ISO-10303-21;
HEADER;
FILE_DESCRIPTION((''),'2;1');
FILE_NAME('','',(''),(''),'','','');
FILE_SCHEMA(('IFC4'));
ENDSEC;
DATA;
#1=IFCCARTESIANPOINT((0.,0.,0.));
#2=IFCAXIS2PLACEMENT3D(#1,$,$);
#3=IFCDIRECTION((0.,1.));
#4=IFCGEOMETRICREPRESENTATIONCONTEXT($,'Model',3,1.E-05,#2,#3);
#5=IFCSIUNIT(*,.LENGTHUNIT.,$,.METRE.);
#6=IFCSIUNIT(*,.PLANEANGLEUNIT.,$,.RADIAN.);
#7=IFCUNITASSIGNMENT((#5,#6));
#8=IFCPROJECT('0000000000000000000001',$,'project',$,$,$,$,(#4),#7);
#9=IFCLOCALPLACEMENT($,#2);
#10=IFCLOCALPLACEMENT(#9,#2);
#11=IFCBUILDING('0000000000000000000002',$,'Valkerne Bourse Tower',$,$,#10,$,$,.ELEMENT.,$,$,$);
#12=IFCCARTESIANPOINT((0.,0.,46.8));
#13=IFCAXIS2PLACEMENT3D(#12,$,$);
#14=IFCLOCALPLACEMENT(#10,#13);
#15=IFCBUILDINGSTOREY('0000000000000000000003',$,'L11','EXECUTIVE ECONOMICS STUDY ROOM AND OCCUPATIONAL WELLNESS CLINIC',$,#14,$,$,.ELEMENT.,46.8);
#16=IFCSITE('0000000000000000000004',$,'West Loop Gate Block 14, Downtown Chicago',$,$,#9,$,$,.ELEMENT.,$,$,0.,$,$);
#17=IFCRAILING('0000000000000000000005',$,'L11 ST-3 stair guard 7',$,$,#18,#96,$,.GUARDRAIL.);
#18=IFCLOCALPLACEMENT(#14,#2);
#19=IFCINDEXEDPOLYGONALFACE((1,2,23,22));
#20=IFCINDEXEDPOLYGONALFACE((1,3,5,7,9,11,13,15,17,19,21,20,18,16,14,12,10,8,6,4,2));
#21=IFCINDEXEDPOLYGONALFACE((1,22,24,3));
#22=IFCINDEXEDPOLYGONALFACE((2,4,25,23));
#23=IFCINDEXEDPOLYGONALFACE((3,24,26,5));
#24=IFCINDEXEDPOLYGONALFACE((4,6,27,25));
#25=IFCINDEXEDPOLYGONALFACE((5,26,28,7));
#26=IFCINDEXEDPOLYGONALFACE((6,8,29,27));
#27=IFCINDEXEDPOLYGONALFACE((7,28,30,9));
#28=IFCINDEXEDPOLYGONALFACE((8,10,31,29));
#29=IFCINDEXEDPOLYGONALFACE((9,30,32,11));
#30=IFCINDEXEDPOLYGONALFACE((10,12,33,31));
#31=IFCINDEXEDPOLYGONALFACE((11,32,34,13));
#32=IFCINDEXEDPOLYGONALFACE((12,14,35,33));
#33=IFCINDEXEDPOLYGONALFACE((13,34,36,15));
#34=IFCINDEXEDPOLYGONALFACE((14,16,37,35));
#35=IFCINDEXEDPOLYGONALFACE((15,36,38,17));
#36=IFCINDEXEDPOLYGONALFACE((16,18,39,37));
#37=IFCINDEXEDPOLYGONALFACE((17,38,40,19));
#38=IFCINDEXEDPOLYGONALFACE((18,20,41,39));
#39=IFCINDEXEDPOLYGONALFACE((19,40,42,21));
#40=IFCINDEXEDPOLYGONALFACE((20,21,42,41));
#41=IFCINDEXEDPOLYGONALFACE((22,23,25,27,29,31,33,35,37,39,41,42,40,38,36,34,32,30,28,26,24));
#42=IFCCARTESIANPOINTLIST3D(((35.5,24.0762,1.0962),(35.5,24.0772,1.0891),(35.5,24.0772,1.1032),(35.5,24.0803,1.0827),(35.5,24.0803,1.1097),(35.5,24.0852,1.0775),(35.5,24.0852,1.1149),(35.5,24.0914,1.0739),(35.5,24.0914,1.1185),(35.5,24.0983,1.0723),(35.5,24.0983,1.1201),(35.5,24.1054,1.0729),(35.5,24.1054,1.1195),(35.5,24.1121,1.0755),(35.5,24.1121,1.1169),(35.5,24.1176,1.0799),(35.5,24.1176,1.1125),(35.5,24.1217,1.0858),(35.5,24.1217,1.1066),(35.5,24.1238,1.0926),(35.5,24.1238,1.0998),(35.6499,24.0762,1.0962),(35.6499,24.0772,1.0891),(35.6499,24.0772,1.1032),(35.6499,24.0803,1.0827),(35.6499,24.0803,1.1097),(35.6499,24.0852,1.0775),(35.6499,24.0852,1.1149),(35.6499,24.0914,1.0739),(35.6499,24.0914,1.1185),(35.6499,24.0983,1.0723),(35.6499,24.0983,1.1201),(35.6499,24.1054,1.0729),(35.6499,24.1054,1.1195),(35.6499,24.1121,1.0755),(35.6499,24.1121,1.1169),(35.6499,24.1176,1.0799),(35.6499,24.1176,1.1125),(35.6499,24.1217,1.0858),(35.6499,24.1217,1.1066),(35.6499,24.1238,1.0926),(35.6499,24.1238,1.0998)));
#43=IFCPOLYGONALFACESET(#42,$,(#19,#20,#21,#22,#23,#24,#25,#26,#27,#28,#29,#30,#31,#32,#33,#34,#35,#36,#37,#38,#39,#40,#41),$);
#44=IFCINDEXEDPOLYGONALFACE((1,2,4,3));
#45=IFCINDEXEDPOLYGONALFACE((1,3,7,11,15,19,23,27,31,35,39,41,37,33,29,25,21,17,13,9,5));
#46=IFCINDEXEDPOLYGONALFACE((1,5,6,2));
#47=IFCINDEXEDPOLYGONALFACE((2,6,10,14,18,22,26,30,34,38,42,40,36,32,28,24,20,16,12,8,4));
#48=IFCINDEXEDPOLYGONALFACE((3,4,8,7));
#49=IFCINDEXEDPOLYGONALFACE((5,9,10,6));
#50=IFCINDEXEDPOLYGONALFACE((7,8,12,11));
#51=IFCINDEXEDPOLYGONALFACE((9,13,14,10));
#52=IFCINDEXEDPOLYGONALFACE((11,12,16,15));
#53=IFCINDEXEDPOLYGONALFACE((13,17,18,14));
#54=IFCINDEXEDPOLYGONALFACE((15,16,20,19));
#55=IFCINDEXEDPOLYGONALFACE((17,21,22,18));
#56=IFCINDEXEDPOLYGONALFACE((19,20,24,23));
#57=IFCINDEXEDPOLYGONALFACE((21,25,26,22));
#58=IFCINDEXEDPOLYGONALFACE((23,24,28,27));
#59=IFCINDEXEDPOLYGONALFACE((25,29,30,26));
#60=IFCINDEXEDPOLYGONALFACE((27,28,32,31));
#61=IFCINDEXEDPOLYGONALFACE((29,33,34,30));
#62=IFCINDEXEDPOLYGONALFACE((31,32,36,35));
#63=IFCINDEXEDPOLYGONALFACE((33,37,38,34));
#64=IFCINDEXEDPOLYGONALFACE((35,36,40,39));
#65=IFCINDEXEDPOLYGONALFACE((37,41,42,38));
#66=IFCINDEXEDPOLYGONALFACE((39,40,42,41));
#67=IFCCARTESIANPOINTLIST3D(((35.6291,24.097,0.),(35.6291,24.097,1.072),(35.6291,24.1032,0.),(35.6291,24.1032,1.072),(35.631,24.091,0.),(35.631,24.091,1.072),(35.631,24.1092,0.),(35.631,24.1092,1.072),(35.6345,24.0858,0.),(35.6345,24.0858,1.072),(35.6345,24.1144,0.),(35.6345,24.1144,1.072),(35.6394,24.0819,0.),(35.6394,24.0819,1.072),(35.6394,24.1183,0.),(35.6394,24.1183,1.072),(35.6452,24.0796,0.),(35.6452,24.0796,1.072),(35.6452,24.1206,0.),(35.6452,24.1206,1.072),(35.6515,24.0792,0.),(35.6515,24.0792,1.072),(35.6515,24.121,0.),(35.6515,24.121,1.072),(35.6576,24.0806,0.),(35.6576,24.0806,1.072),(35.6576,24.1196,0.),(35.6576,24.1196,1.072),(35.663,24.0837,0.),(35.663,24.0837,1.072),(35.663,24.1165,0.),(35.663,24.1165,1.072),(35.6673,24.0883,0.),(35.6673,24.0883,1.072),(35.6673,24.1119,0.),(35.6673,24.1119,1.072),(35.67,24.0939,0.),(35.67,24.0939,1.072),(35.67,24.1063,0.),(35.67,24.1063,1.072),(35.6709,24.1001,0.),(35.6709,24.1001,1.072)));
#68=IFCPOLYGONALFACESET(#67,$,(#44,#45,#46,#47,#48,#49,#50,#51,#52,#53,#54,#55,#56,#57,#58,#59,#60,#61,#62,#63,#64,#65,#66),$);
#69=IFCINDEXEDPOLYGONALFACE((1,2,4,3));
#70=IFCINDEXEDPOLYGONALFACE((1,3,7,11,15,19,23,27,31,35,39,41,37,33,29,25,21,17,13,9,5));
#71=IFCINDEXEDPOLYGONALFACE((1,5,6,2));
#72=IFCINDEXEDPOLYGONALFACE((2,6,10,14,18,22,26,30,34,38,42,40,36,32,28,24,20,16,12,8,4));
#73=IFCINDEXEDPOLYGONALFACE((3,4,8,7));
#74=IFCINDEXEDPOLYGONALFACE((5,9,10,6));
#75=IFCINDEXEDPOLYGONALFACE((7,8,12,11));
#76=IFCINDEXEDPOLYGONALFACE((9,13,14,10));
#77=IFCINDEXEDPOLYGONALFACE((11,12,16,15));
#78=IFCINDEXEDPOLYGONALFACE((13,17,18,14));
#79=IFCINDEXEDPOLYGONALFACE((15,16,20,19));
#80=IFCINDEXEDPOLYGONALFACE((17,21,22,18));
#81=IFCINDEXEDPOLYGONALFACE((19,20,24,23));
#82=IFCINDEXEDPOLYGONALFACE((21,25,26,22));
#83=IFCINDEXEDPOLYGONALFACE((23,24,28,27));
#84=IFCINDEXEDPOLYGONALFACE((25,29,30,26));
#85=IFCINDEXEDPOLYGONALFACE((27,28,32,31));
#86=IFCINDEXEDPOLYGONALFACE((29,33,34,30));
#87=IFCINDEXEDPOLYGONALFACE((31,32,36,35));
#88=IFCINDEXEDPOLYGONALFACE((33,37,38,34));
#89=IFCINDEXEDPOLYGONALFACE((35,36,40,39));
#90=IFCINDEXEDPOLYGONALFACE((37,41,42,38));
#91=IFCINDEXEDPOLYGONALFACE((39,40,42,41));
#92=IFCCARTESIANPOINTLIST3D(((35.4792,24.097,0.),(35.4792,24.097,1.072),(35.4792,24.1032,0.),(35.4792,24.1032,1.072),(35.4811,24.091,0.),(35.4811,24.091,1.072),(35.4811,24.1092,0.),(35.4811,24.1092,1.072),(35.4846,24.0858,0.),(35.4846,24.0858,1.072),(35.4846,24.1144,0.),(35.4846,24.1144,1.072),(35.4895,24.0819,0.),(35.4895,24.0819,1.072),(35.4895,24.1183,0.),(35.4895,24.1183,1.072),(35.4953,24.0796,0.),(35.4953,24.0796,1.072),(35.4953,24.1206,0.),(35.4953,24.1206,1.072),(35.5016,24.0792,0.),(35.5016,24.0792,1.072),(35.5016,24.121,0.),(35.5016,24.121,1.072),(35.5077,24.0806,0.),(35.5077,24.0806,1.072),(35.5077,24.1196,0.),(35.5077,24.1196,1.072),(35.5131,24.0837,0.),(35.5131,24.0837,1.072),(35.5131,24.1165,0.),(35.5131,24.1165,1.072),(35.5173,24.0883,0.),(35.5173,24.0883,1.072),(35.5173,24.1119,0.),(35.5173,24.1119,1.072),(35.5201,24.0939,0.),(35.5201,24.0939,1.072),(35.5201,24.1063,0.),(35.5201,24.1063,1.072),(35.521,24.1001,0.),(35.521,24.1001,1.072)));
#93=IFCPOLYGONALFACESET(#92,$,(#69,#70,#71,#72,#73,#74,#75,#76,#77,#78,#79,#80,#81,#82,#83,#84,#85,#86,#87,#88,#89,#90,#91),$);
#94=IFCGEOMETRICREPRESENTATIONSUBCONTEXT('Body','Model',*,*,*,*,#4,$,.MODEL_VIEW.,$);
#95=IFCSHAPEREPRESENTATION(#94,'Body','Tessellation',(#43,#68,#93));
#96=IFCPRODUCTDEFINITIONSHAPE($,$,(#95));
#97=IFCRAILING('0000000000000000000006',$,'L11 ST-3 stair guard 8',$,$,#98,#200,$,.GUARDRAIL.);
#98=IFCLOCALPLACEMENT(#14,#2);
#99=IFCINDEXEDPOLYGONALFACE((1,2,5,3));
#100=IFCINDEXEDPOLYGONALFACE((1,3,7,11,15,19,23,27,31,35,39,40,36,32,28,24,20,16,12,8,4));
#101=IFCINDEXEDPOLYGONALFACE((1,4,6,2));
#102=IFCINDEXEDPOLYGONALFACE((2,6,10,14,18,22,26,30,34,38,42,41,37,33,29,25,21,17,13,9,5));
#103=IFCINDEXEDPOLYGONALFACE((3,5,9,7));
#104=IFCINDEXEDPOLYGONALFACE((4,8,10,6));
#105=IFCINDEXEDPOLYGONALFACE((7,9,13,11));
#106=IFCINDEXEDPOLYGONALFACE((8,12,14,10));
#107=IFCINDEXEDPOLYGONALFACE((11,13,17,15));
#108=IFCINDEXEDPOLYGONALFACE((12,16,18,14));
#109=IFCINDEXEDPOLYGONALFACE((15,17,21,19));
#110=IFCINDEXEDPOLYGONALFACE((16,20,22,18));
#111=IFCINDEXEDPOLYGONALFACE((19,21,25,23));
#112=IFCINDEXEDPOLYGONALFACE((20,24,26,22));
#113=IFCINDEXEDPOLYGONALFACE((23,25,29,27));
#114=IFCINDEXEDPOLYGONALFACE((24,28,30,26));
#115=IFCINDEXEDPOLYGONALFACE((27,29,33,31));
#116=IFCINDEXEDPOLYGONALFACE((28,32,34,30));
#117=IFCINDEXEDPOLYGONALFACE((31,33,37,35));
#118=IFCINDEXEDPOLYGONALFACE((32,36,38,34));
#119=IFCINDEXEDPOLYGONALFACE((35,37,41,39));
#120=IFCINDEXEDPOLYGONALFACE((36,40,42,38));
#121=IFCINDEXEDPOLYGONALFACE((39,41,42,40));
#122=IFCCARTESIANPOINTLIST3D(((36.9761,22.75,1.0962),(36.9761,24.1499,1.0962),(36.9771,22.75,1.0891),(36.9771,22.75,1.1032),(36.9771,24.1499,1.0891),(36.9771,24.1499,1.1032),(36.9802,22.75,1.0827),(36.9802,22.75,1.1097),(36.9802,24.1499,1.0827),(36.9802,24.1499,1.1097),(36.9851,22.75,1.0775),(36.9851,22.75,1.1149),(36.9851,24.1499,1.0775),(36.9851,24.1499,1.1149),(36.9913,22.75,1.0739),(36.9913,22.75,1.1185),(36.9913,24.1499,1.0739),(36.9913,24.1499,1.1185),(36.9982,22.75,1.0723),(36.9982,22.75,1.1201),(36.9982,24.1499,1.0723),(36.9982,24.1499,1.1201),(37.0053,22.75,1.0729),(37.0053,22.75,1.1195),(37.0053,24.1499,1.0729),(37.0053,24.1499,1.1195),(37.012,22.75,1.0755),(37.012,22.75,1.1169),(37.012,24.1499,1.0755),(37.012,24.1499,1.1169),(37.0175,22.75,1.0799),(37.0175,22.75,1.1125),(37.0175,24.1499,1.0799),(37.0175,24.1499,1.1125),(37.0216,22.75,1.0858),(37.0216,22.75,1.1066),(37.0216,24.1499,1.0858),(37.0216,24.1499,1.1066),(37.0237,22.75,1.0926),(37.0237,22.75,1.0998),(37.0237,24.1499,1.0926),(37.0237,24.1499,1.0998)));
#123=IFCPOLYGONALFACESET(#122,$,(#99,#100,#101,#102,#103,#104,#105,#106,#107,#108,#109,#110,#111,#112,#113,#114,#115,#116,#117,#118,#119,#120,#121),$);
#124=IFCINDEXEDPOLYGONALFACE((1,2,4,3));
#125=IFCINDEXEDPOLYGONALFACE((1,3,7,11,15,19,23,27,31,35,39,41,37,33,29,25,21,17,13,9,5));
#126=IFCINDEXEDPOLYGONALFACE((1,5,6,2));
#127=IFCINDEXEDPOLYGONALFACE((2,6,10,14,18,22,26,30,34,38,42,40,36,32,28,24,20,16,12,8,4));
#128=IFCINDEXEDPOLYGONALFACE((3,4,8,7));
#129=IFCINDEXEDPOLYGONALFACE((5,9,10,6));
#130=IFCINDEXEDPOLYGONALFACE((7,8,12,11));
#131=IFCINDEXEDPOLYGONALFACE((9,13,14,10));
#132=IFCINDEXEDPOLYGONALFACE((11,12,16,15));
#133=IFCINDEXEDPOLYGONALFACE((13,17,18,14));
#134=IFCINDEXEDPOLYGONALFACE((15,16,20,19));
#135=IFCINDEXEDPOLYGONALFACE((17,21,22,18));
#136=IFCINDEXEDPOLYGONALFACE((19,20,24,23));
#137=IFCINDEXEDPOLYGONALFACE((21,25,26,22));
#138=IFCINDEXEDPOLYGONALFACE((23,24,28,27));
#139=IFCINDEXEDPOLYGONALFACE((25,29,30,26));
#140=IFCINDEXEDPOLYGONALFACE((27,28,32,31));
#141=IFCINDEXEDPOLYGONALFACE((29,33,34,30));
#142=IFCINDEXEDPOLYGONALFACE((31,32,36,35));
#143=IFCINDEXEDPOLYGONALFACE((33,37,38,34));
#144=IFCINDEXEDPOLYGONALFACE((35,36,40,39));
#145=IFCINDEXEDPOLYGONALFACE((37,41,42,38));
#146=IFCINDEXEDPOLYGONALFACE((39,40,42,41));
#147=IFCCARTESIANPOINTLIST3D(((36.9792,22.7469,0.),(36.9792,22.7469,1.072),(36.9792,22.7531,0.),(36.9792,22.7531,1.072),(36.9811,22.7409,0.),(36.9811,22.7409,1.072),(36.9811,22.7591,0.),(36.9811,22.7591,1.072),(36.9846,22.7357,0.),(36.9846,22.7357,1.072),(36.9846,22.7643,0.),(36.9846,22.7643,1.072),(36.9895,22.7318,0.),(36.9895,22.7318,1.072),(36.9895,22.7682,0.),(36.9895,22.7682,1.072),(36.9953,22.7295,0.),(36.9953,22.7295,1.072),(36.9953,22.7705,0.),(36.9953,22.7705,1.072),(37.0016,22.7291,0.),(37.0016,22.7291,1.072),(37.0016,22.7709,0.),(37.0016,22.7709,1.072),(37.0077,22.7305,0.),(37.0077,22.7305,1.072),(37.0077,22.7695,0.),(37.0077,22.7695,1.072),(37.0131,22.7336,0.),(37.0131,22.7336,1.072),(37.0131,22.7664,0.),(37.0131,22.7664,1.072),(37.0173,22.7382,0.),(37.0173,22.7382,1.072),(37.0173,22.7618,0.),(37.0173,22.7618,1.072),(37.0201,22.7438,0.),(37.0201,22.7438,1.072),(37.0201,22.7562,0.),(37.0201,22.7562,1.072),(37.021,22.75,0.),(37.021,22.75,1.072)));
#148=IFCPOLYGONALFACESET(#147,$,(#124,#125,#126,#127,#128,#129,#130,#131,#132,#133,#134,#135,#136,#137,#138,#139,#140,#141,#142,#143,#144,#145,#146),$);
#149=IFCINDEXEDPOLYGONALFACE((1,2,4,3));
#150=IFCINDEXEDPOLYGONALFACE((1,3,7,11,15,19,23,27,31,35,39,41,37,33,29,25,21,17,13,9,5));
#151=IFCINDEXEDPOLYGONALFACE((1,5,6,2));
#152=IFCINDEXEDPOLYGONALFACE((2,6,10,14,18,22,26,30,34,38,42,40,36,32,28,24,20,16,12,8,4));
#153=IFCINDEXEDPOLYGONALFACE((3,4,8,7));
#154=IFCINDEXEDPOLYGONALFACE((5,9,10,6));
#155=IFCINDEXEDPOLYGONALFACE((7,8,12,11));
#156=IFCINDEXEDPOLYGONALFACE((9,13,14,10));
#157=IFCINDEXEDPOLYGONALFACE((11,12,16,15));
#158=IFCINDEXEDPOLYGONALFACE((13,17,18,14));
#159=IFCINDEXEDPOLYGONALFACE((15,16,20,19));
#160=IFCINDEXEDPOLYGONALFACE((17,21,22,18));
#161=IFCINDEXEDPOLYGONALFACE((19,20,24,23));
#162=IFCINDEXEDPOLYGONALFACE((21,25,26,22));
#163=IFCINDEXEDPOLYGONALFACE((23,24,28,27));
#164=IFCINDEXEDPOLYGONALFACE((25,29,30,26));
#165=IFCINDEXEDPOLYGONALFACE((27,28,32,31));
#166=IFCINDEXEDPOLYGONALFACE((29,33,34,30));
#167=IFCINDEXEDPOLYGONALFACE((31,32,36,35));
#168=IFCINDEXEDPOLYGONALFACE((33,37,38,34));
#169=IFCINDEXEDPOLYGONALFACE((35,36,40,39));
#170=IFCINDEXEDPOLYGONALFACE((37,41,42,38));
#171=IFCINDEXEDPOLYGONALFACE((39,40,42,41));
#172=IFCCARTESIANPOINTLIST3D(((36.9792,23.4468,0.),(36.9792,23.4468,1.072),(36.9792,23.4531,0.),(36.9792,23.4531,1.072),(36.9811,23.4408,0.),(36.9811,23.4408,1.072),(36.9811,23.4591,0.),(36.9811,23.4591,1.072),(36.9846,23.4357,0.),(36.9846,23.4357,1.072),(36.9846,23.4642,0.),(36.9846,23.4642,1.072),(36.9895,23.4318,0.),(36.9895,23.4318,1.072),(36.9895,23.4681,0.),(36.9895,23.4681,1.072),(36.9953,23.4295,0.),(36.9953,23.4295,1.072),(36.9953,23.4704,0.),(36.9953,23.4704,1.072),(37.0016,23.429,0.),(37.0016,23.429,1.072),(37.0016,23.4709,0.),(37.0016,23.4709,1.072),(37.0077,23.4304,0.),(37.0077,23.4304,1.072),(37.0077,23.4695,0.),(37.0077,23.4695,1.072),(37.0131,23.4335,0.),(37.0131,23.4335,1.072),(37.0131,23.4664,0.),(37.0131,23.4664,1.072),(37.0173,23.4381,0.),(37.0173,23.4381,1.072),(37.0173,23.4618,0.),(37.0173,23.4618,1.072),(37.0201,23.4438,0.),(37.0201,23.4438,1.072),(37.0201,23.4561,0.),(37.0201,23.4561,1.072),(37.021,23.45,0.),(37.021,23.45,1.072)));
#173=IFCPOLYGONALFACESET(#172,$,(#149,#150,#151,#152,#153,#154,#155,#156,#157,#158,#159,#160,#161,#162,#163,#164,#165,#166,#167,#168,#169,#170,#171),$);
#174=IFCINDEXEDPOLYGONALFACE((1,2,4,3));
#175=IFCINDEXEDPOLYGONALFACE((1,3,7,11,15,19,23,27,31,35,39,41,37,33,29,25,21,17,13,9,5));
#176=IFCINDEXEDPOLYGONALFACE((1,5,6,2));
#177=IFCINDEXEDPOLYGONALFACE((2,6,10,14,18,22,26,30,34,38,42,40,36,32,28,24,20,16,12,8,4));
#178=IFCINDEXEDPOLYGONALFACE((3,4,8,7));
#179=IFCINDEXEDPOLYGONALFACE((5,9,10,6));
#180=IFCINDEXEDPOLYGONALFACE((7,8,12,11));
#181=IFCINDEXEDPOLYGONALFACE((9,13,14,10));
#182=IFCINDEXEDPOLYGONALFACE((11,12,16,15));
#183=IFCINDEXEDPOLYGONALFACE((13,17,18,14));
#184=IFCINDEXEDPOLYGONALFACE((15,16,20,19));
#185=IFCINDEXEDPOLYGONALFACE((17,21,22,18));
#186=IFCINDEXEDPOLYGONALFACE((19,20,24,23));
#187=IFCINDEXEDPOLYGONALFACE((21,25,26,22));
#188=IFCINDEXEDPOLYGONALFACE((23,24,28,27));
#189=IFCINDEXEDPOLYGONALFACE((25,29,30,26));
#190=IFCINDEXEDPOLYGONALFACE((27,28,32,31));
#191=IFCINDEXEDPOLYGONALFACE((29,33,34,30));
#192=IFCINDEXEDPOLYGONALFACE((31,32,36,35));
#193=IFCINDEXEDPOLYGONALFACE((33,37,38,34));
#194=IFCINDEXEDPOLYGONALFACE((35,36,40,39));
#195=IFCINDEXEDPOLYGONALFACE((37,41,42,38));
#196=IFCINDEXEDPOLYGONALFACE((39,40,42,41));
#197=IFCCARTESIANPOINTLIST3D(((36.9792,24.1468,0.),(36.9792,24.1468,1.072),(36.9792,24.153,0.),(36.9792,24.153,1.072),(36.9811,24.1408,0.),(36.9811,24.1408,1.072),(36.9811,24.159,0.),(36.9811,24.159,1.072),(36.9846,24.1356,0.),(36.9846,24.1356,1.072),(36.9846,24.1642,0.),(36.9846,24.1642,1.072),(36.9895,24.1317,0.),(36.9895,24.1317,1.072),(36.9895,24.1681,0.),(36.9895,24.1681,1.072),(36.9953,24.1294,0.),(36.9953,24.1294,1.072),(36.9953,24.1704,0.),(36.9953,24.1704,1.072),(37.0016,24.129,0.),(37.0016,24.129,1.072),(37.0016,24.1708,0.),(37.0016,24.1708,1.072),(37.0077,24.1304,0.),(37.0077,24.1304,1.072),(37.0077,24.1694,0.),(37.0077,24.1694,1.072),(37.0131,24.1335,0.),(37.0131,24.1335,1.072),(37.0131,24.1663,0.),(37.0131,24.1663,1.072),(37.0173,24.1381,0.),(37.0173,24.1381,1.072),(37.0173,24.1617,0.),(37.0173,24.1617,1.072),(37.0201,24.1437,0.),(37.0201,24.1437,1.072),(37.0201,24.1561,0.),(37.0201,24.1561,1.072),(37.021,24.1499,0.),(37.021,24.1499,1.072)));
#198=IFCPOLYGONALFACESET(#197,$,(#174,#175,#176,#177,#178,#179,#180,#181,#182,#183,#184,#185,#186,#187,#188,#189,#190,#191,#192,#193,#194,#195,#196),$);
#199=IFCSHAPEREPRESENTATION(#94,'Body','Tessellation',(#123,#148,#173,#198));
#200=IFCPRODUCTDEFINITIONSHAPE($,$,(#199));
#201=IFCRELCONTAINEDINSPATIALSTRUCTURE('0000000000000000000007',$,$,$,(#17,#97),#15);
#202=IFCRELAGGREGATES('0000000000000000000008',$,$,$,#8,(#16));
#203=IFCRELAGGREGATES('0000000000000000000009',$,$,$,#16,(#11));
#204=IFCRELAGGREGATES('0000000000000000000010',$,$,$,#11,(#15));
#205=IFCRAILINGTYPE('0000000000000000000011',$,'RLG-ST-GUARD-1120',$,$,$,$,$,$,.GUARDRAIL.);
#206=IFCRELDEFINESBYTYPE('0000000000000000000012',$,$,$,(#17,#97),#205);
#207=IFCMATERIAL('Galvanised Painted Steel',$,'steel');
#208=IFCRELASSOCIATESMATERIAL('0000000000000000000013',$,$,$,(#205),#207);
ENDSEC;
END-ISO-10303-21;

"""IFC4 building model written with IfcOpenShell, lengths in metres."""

from ifc_helpers import new_model, si_unit, direction, frame, origin, origin_2d, place, context, subcontext, project, spatial, circle, extrude, material, type_object, element, save


model = new_model("IFC4")

# Units and contexts
model_context = context("Model", 3, precision=1e-05, world=origin(), true_north=direction((0.0, 1.0)))
body_context = subcontext(model_context, "Body", "Model", "MODEL_VIEW")
ifc_project = project(units=[si_unit("LENGTHUNIT", "METRE"), si_unit("PLANEANGLEUNIT", "RADIAN")], contexts=[model_context])

# Site, building, storey
site_placement = place(None, origin())
site = spatial("IfcSite", under=ifc_project, at=site_placement, Name="West Loop Gate Block 14, Downtown Chicago", CompositionType="ELEMENT", RefElevation=0.0)
building_placement = place(site_placement, origin())
building = spatial("IfcBuilding", under=site, at=building_placement, Name="Valkerne Bourse Tower", CompositionType="ELEMENT")
storey_placement = place(building_placement, frame((0.0, 0.0, 46.8)))
storey = spatial("IfcBuildingStorey", under=building, at=storey_placement, Name="L11", Description="EXECUTIVE ECONOMICS STUDY ROOM AND OCCUPATIONAL WELLNESS CLINIC", CompositionType="ELEMENT", Elevation=46.8)

# Shared definitions
ifc_material_1 = material(Name="Galvanised Painted Steel", Category="steel")

# Railings
railing_type_1 = type_object("IfcRailingType", Name="RLG-ST-GUARD-1120", PredefinedType="GUARDRAIL", material=ifc_material_1)
railing_1_placement = place(storey_placement, frame((35.6499, 24.1001, 0.0)))
element("IfcRailing", 1, at=railing_1_placement, inside=storey, type_object=railing_type_1, Name="L11 ST-3 stair guard 7", PredefinedType="GUARDRAIL", context=body_context, shape_type="SweptSolid", body=[
    extrude(circle(Radius=0.0239, at=origin_2d()), frame((0.0, 0.0, 1.0962), z_axis=(-1.0, 0.0, 0.0), x_axis=(0.0, -1.0, 0.0)), (0.0, 0.0, 1.0), 0.1499),
    extrude(circle(Radius=0.021, at=origin_2d()), origin(), (0.0, 0.0, 1.0), 1.072),
    extrude(circle(Radius=0.021, at=origin_2d()), frame((-0.1499, 0.0, 0.0)), (0.0, 0.0, 1.0), 1.072),
])
for number, where, name in (
    (2, (37.0, 22.75, 0.0), "L11 ST-3 stair guard 8"),
):
    element("IfcRailing", number, at=place(storey_placement, frame(where)), inside=storey, type_object=railing_type_1, Name=name, PredefinedType="GUARDRAIL", context=body_context, shape_type="SweptSolid", body=[
        extrude(circle(Radius=0.0239, at=origin_2d()), frame((0.0, 0.0, 1.0962), z_axis=(0.0, 1.0, 0.0), x_axis=(-1.0, 0.0, 0.0)), (0.0, 0.0, 1.0), 1.3999),
        extrude(circle(Radius=0.021, at=origin_2d()), origin(), (0.0, 0.0, 1.0), 1.072),
        extrude(circle(Radius=0.021, at=origin_2d()), frame((0.0, 0.7, 0.0)), (0.0, 0.0, 1.0), 1.072),
        extrude(circle(Radius=0.021, at=origin_2d()), frame((0.0, 1.3999, 0.0)), (0.0, 0.0, 1.0), 1.072),
    ])

save(model, "model.ifc")
